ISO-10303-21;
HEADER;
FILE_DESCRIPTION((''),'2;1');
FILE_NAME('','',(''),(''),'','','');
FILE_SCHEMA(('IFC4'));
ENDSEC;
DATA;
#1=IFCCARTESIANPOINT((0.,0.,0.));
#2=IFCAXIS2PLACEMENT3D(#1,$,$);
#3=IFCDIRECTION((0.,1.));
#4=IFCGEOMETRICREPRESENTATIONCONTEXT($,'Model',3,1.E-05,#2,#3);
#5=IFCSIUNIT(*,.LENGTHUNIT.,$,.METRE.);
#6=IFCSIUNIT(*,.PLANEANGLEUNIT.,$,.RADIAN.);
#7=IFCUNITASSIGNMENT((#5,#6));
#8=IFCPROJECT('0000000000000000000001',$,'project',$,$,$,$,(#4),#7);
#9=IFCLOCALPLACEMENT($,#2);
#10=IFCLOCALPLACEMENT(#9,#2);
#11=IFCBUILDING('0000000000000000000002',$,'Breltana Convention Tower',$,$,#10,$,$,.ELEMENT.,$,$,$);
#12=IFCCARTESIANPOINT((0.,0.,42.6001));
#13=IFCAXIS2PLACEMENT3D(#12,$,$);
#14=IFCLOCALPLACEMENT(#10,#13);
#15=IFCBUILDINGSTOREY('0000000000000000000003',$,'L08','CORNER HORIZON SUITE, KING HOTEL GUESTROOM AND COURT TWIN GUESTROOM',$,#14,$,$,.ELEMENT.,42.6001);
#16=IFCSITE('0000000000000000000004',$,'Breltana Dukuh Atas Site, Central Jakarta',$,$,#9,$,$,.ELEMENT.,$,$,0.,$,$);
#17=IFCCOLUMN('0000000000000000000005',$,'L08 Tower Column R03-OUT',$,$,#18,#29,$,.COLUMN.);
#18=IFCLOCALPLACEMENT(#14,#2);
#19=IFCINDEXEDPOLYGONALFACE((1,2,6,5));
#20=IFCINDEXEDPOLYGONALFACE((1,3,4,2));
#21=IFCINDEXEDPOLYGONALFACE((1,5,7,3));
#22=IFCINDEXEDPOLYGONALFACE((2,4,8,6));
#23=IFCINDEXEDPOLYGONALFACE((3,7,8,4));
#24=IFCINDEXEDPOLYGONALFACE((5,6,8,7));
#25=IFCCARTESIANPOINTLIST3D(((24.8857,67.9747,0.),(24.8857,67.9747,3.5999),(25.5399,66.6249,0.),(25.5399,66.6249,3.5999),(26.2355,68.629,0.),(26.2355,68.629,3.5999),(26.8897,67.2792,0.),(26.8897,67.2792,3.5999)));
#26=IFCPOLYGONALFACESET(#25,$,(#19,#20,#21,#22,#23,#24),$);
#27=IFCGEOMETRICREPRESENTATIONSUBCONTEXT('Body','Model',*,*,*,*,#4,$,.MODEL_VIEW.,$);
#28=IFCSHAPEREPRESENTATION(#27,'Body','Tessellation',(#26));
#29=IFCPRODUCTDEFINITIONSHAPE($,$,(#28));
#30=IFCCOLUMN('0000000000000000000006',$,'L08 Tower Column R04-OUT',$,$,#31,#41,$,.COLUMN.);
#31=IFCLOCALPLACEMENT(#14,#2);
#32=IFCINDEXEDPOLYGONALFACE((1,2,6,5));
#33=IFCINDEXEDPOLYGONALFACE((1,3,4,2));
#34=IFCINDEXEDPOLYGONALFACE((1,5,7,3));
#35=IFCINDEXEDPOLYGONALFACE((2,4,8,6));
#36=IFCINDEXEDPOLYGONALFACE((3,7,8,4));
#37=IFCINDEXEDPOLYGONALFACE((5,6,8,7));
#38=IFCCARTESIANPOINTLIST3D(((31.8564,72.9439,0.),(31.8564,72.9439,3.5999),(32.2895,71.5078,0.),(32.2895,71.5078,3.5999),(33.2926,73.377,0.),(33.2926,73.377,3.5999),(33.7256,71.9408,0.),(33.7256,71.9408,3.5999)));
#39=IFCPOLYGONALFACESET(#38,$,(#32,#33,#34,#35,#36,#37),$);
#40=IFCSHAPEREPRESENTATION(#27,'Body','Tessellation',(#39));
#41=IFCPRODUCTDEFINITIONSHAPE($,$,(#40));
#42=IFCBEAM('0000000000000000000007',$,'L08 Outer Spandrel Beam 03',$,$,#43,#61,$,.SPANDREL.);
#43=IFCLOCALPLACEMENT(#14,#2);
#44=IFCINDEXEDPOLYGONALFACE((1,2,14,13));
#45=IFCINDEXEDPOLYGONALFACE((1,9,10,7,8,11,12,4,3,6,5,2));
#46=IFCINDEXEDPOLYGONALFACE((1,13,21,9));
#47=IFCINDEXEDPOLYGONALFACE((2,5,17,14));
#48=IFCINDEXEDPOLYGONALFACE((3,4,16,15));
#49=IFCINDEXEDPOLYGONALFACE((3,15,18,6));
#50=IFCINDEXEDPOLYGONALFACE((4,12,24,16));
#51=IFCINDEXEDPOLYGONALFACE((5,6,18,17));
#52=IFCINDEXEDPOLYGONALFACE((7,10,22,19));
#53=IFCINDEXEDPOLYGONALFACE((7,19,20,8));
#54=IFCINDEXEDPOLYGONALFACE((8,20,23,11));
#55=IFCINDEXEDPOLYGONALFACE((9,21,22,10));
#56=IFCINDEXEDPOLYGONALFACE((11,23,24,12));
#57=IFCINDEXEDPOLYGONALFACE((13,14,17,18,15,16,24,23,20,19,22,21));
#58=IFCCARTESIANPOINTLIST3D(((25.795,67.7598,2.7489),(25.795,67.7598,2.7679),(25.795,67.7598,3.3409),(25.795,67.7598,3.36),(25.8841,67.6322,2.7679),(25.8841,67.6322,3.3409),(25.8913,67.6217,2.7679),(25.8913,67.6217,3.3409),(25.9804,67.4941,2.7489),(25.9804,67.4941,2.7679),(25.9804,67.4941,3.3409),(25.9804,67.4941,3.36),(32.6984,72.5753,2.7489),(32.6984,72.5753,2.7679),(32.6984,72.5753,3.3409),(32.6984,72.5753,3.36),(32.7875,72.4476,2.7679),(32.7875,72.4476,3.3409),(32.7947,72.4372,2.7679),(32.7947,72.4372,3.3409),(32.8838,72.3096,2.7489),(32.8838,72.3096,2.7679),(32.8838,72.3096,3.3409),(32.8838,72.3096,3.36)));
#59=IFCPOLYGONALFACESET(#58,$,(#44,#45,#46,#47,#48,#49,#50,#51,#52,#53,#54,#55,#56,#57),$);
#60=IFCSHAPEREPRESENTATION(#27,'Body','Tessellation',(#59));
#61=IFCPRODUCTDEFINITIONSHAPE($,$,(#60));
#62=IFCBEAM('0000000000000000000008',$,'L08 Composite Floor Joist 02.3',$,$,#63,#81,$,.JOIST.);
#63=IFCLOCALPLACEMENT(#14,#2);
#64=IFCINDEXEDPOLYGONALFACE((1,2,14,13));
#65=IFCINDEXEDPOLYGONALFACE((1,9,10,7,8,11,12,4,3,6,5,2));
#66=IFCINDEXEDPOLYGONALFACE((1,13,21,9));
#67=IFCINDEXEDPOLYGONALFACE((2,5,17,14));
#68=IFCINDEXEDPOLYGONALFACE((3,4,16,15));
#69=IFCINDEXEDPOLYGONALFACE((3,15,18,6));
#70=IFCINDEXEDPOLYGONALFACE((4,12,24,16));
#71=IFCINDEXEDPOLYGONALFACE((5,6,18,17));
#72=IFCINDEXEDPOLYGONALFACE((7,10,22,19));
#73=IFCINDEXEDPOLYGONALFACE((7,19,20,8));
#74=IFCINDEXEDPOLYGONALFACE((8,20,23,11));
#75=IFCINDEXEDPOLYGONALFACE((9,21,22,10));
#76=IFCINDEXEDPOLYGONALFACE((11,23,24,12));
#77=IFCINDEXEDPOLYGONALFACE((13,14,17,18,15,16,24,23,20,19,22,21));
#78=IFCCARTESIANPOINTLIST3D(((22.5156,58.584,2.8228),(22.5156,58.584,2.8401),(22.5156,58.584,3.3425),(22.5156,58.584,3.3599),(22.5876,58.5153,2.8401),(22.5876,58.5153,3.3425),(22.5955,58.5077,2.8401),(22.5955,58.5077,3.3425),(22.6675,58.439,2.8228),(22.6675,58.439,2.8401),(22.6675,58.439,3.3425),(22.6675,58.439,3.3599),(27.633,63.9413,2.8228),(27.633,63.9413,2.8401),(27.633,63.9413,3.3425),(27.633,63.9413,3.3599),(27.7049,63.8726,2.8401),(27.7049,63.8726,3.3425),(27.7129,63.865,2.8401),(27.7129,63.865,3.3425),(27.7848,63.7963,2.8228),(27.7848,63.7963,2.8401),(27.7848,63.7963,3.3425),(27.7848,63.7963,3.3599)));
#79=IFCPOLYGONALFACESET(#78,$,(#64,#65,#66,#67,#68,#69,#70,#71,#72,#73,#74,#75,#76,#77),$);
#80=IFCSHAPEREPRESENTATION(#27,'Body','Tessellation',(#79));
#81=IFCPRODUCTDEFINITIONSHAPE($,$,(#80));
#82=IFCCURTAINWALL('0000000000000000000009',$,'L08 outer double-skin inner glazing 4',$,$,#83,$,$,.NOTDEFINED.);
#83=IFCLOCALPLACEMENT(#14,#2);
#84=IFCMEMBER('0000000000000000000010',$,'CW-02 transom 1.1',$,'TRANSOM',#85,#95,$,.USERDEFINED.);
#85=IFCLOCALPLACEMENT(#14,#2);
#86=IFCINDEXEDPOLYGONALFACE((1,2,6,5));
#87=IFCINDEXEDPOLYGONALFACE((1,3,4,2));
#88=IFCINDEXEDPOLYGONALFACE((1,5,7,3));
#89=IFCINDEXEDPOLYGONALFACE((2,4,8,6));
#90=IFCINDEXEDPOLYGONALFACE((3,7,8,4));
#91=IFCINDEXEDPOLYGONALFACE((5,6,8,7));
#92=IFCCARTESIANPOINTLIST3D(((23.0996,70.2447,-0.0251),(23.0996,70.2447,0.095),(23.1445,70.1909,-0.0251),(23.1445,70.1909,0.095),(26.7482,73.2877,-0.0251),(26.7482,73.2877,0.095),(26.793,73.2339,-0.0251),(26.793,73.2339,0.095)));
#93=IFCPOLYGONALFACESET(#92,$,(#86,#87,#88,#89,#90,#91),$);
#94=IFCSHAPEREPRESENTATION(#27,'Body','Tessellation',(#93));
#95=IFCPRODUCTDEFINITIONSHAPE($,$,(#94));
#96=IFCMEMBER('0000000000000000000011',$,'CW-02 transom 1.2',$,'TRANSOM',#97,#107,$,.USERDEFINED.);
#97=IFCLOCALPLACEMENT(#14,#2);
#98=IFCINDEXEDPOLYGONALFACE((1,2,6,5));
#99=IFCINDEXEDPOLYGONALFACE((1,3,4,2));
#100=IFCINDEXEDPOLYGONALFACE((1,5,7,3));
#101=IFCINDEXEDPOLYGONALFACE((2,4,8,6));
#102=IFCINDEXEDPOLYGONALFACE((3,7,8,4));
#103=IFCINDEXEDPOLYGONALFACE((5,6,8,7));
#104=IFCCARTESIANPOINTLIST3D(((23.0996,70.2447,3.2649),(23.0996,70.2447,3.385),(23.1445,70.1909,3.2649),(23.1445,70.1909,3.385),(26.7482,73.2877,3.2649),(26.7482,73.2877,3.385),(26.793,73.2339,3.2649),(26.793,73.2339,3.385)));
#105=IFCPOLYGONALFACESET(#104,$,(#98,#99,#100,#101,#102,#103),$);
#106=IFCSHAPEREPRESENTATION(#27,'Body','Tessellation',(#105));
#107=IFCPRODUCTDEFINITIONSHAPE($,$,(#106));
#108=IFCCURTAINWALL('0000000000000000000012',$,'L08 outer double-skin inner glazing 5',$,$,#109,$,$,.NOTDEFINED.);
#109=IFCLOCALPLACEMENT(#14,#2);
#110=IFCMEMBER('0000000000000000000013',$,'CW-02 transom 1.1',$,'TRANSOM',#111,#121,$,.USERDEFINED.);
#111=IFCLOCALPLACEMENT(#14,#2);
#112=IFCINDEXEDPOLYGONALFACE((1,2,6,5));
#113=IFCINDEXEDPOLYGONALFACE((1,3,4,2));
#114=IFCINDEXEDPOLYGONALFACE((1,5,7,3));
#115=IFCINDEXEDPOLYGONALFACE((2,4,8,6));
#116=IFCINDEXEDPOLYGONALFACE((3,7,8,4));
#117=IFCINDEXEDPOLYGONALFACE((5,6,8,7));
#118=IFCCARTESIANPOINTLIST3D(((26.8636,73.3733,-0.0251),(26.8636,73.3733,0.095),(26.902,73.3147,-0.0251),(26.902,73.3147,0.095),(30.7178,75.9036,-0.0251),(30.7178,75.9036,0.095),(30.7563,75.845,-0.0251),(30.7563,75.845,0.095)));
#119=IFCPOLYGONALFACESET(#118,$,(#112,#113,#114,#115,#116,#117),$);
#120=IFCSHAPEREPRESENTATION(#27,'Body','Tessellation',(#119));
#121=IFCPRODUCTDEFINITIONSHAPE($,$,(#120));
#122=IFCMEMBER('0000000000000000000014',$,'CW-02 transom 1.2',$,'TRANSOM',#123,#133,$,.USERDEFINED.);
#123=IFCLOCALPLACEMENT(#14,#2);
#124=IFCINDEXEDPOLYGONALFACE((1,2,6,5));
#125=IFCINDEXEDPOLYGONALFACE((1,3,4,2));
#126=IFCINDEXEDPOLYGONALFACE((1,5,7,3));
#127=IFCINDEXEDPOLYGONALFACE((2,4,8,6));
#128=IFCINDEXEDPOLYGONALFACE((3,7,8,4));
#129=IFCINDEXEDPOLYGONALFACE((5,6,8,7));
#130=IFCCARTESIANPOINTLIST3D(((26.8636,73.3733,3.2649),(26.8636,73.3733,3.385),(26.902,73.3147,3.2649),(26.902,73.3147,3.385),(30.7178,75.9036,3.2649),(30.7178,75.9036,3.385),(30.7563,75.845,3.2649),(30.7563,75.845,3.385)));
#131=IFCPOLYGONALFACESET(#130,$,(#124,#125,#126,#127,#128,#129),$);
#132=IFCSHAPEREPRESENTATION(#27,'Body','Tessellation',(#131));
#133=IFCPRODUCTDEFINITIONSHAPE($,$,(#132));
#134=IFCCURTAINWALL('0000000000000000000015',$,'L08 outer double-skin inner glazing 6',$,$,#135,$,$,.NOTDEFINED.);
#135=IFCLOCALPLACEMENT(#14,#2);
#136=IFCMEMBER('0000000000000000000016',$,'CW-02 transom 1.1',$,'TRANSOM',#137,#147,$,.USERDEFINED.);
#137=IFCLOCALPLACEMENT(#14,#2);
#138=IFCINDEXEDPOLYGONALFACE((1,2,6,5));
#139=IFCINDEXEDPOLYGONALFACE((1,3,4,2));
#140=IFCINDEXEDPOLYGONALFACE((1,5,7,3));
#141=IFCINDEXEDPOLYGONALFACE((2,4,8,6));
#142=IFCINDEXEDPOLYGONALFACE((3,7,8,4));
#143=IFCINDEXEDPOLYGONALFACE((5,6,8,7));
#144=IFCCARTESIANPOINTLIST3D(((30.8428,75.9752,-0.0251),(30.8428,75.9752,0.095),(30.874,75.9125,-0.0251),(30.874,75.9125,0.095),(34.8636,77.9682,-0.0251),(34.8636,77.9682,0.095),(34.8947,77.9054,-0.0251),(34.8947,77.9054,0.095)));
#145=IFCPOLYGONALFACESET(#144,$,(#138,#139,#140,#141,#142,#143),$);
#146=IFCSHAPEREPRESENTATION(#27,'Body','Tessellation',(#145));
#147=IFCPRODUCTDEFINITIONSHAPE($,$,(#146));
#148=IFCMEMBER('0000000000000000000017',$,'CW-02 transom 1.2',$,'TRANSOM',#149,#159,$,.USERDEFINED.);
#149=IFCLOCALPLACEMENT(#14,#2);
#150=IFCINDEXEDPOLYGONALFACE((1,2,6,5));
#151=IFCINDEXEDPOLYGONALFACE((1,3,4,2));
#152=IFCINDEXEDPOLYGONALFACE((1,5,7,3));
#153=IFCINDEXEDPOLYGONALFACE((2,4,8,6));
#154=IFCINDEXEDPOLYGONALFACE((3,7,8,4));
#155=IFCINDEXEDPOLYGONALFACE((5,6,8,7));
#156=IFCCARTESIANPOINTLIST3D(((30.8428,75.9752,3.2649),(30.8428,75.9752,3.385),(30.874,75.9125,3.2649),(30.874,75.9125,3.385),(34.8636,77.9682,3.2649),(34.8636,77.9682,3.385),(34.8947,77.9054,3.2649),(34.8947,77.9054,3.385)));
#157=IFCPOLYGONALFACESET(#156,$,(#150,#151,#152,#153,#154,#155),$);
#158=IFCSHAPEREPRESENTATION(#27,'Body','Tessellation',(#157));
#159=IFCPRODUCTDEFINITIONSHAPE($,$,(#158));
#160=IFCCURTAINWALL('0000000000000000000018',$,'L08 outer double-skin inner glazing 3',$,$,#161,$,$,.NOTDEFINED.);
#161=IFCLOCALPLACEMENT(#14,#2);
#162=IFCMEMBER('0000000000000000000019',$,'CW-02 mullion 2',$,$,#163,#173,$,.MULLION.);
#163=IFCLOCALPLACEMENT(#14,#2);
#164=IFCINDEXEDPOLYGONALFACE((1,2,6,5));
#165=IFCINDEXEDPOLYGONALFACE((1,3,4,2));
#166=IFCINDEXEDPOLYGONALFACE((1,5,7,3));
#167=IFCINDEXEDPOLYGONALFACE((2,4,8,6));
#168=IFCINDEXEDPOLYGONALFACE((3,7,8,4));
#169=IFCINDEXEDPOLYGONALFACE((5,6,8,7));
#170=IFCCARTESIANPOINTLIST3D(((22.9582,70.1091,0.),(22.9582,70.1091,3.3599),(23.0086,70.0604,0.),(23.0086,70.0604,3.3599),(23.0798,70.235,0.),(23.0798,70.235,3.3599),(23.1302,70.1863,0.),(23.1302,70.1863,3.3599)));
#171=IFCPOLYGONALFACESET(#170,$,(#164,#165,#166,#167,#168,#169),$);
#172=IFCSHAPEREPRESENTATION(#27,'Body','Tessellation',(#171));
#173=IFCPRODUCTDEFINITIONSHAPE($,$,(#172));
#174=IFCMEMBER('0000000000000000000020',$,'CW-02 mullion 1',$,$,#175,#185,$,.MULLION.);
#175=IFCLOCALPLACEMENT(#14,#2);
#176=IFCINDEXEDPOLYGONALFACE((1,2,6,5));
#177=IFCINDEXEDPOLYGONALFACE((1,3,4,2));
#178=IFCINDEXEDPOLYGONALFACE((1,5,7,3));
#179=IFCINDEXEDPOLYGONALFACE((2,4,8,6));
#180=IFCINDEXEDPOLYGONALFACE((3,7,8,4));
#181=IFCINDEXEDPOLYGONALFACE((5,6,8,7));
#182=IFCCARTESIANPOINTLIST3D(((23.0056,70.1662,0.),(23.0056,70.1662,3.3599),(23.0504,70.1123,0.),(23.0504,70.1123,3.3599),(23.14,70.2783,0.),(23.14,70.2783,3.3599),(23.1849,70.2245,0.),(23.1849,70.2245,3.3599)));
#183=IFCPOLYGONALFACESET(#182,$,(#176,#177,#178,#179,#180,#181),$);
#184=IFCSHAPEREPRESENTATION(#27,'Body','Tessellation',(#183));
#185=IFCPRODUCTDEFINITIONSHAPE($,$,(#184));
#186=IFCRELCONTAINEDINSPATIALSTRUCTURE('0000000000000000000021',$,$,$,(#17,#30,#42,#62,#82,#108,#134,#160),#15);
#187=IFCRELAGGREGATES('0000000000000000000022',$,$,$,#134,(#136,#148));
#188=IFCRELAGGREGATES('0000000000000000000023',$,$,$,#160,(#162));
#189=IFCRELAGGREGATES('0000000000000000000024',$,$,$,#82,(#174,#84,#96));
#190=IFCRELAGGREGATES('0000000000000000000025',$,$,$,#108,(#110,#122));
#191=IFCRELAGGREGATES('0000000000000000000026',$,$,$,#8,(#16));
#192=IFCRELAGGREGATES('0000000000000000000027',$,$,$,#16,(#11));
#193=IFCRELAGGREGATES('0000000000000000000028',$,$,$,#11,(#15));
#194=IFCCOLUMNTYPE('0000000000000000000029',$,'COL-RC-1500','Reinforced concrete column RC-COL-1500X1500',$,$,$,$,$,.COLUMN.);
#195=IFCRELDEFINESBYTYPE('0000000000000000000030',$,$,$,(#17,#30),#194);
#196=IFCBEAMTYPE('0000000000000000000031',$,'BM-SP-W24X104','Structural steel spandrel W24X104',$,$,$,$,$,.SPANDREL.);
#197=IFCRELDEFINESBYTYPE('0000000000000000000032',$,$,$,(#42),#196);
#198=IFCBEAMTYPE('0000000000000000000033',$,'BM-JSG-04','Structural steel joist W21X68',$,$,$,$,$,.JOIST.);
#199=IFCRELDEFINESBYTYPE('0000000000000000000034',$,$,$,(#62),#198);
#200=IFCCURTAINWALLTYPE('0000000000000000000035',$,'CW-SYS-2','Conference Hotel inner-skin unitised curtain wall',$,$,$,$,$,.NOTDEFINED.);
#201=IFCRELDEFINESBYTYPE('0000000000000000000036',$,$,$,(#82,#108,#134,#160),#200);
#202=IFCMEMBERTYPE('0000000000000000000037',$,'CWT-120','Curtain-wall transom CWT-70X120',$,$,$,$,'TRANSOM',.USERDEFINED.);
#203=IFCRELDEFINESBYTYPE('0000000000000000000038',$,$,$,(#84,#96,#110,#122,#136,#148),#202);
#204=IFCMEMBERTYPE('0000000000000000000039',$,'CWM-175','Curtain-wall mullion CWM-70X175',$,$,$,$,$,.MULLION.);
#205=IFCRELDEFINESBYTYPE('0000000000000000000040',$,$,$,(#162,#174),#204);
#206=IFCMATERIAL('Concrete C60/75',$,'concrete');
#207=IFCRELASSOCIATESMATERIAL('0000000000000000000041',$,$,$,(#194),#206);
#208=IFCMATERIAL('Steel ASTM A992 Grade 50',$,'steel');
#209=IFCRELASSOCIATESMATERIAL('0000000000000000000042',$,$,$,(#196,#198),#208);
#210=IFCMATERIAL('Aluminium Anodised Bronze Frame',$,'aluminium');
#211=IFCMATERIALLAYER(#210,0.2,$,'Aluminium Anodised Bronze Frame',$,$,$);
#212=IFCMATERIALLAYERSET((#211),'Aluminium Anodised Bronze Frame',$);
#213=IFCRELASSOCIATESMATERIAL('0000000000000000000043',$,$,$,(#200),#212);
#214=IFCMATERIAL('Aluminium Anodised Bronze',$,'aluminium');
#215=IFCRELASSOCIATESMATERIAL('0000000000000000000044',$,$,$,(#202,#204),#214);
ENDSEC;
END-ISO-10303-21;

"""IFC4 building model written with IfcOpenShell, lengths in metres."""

from ifc_helpers import new_model, si_unit, direction, frame, origin, origin_2d, place, context, subcontext, project, spatial, rectangle, i_section, extrude, source, transform, mapped, material, layer, layer_set, material_profile, profile_set, type_object, element, aggregate, save


model = new_model("IFC4")

# Units and contexts
model_context = context("Model", 3, precision=1e-05, world=origin(), true_north=direction((0.0, 1.0)))
body_context = subcontext(model_context, "Body", "Model", "MODEL_VIEW")
ifc_project = project(units=[si_unit("LENGTHUNIT", "METRE"), si_unit("PLANEANGLEUNIT", "RADIAN")], contexts=[model_context])

# Site, building, storey
site_placement = place(None, origin())
site = spatial("IfcSite", under=ifc_project, at=site_placement, Name="Breltana Dukuh Atas Site, Central Jakarta", CompositionType="ELEMENT", RefElevation=0.0)
building_placement = place(site_placement, origin())
building = spatial("IfcBuilding", under=site, at=building_placement, Name="Breltana Convention Tower", CompositionType="ELEMENT")
storey_placement = place(building_placement, frame((0.0, 0.0, 42.6001)))
storey = spatial("IfcBuildingStorey", under=building, at=storey_placement, Name="L08", Description="CORNER HORIZON SUITE, KING HOTEL GUESTROOM AND COURT TWIN GUESTROOM", CompositionType="ELEMENT", Elevation=42.6001)

# Columns
ifc_material_1 = material(Name="Concrete C60/75", Category="concrete")
ifc_material_profile_1 = material_profile(ifc_material_1, rectangle(XDim=1.5, YDim=1.5, at=origin_2d()), Name="RC-COL-1500X1500")
ifc_profile_set_1 = profile_set([ifc_material_profile_1], Name="Concrete C60/75")
column_type = type_object("IfcColumnType", Name="COL-RC-1500", Description="Reinforced concrete column RC-COL-1500X1500", PredefinedType="COLUMN", material=ifc_profile_set_1)
shared_shape_1 = source(origin(), body_context, "Body", "SweptSolid", [
    extrude(rectangle(XDim=1.5, YDim=1.5, at=origin_2d()), origin(), (0.0, 0.0, 1.0), 3.5999),
])
for number, where, z_axis, x_axis, name in (
    (1, (25.8877, 67.627, 0.0), (0.0, 0.0, 1.0), (-0.436174, 0.899863, 0.0), "L08 Tower Column R03-OUT"),
    (2, (32.791, 72.4424, 0.0), (0.0, 0.0, 1.0), (-0.288698, 0.95742, 0.0), "L08 Tower Column R04-OUT"),
):
    element("IfcColumn", number, at=place(storey_placement, frame(where, z_axis=z_axis, x_axis=x_axis)), inside=storey, type_object=column_type, Name=name, PredefinedType="COLUMN", context=body_context, shape_type="MappedRepresentation", body=[
        mapped(shared_shape_1, transform((0.0, 0.0, 0.0), scale=1.0)),
    ])

# Beams
ifc_material_2 = material(Name="Steel ASTM A992 Grade 50", Category="steel")
ifc_material_profile_2 = material_profile(ifc_material_2, i_section(OverallWidth=0.324, OverallDepth=0.6111, WebThickness=0.0127, FlangeThickness=0.019, at=origin_2d()), Name="W24X104")
ifc_profile_set_2 = profile_set([ifc_material_profile_2], Name="Steel ASTM A992 Grade 50")
beam_type_1 = type_object("IfcBeamType", Name="BM-SP-W24X104", Description="Structural steel spandrel W24X104", PredefinedType="SPANDREL", material=ifc_profile_set_2)
shared_shape_2 = source(origin(), body_context, "Body", "SweptSolid", [
    extrude(i_section(OverallWidth=0.324, OverallDepth=0.6111, WebThickness=0.0127, FlangeThickness=0.019, at=origin_2d()), origin(), (0.0, 0.0, 1.0), 8.417),
])
beam_1_placement = place(storey_placement, frame((25.8877, 67.627, 3.0544), z_axis=(0.820174, 0.572114, 0.0), x_axis=(-0.572114, 0.820174, 0.0)))
element("IfcBeam", 3, at=beam_1_placement, inside=storey, type_object=beam_type_1, Name="L08 Outer Spandrel Beam 03", PredefinedType="SPANDREL", context=body_context, shape_type="MappedRepresentation", body=[
    mapped(shared_shape_2, transform((0.0, 0.0, 0.0), scale=1.0)),
])
ifc_material_profile_3 = material_profile(ifc_material_2, i_section(OverallWidth=0.21, OverallDepth=0.5371, WebThickness=0.011, FlangeThickness=0.0173, at=origin_2d()), Name="W21X68")
ifc_profile_set_3 = profile_set([ifc_material_profile_3], Name="Steel ASTM A992 Grade 50")
beam_type_2 = type_object("IfcBeamType", Name="BM-JSG-04", Description="Structural steel joist W21X68", PredefinedType="JOIST", material=ifc_profile_set_3)
shared_shape_3 = source(origin(), body_context, "Body", "SweptSolid", [
    extrude(i_section(OverallWidth=0.21, OverallDepth=0.5371, WebThickness=0.011, FlangeThickness=0.0173, at=origin_2d()), origin(), (0.0, 0.0, 1.0), 7.4087),
])
beam_2_placement = place(storey_placement, frame((22.5916, 58.5115, 3.0913), z_axis=(0.690725, 0.723118, 0.0), x_axis=(-0.723118, 0.690725, 0.0)))
element("IfcBeam", 4, at=beam_2_placement, inside=storey, type_object=beam_type_2, Name="L08 Composite Floor Joist 02.3", PredefinedType="JOIST", context=body_context, shape_type="MappedRepresentation", body=[
    mapped(shared_shape_3, transform((0.0, 0.0, 0.0), scale=1.0)),
])

# Curtain walls, members
ifc_material_3 = material(Name="Aluminium Anodised Bronze Frame", Category="aluminium")
ifc_layer_1 = layer(ifc_material_3, 0.2, Name="Aluminium Anodised Bronze Frame")
ifc_layer_set_1 = layer_set([ifc_layer_1], Name="Aluminium Anodised Bronze Frame")
curtain_wall_type = type_object("IfcCurtainWallType", Name="CW-SYS-2", Description="Conference Hotel inner-skin unitised curtain wall", PredefinedType="NOTDEFINED", material=ifc_layer_set_1)
curtain_wall_1_placement = place(storey_placement, origin())
curtain_wall_1 = element("IfcCurtainWall", 5, at=curtain_wall_1_placement, inside=storey, type_object=curtain_wall_type, Name="L08 outer double-skin inner glazing 4", PredefinedType="NOTDEFINED")
ifc_material_4 = material(Name="Aluminium Anodised Bronze", Category="aluminium")
ifc_material_profile_4 = material_profile(ifc_material_4, rectangle(XDim=0.0701, YDim=0.1201, at=origin_2d()), Name="CWT-70X120")
ifc_profile_set_4 = profile_set([ifc_material_profile_4], Name="Aluminium Anodised Bronze")
member_type_1 = type_object("IfcMemberType", Name="CWT-120", Description="Curtain-wall transom CWT-70X120", ElementType="TRANSOM", PredefinedType="USERDEFINED", material=ifc_profile_set_4)
shared_shape_4 = source(origin(), body_context, "Body", "SweptSolid", [
    extrude(rectangle(XDim=0.0701, YDim=0.1201, at=origin_2d()), origin(), (0.0, 0.0, 1.0), 4.751),
])
member_1_placement = place(storey_placement, frame((23.1221, 70.2178, 0.0349), z_axis=(0.767952, 0.640508, 0.0), x_axis=(-0.640508, 0.767952, 0.0)))
member_1 = element("IfcMember", 6, at=member_1_placement, type_object=member_type_1, Name="CW-02 transom 1.1", ObjectType="TRANSOM", PredefinedType="USERDEFINED", context=body_context, shape_type="MappedRepresentation", body=[
    mapped(shared_shape_4, transform((0.0, 0.0, 0.0), scale=1.0)),
])
member_2_placement = place(storey_placement, frame((23.1221, 70.2178, 3.325), z_axis=(0.767952, 0.640508, 0.0), x_axis=(-0.640508, 0.767952, 0.0)))
member_2 = element("IfcMember", 7, at=member_2_placement, type_object=member_type_1, Name="CW-02 transom 1.2", ObjectType="TRANSOM", PredefinedType="USERDEFINED", context=body_context, shape_type="MappedRepresentation", body=[
    mapped(shared_shape_4, transform((0.0, 0.0, 0.0), scale=1.0)),
])
curtain_wall_2_placement = place(storey_placement, origin())
curtain_wall_2 = element("IfcCurtainWall", 8, at=curtain_wall_2_placement, inside=storey, type_object=curtain_wall_type, Name="L08 outer double-skin inner glazing 5", PredefinedType="NOTDEFINED")
shared_shape_5 = source(origin(), body_context, "Body", "SweptSolid", [
    extrude(rectangle(XDim=0.0701, YDim=0.1201, at=origin_2d()), origin(), (0.0, 0.0, 1.0), 4.6106),
])
member_3_placement = place(storey_placement, frame((26.8828, 73.344, 0.0349), z_axis=(0.835956, 0.548796, 0.0), x_axis=(-0.548796, 0.835956, 0.0)))
member_3 = element("IfcMember", 9, at=member_3_placement, type_object=member_type_1, Name="CW-02 transom 1.1", ObjectType="TRANSOM", PredefinedType="USERDEFINED", context=body_context, shape_type="MappedRepresentation", body=[
    mapped(shared_shape_5, transform((0.0, 0.0, 0.0), scale=1.0)),
])
member_4_placement = place(storey_placement, frame((26.8828, 73.344, 3.325), z_axis=(0.835956, 0.548796, 0.0), x_axis=(-0.548796, 0.835956, 0.0)))
member_4 = element("IfcMember", 10, at=member_4_placement, type_object=member_type_1, Name="CW-02 transom 1.2", ObjectType="TRANSOM", PredefinedType="USERDEFINED", context=body_context, shape_type="MappedRepresentation", body=[
    mapped(shared_shape_5, transform((0.0, 0.0, 0.0), scale=1.0)),
])
curtain_wall_3_placement = place(storey_placement, origin())
curtain_wall_3 = element("IfcCurtainWall", 11, at=curtain_wall_3_placement, inside=storey, type_object=curtain_wall_type, Name="L08 outer double-skin inner glazing 6", PredefinedType="NOTDEFINED")
shared_shape_6 = source(origin(), body_context, "Body", "SweptSolid", [
    extrude(rectangle(XDim=0.0701, YDim=0.1201, at=origin_2d()), origin(), (0.0, 0.0, 1.0), 4.4875),
])
member_5_placement = place(storey_placement, frame((30.8584, 75.9438, 0.0349), z_axis=(0.895978, 0.444099, 0.0), x_axis=(-0.444099, 0.895978, 0.0)))
member_5 = element("IfcMember", 12, at=member_5_placement, type_object=member_type_1, Name="CW-02 transom 1.1", ObjectType="TRANSOM", PredefinedType="USERDEFINED", context=body_context, shape_type="MappedRepresentation", body=[
    mapped(shared_shape_6, transform((0.0, 0.0, 0.0), scale=1.0)),
])
member_6_placement = place(storey_placement, frame((30.8584, 75.9438, 3.325), z_axis=(0.895978, 0.444099, 0.0), x_axis=(-0.444099, 0.895978, 0.0)))
member_6 = element("IfcMember", 13, at=member_6_placement, type_object=member_type_1, Name="CW-02 transom 1.2", ObjectType="TRANSOM", PredefinedType="USERDEFINED", context=body_context, shape_type="MappedRepresentation", body=[
    mapped(shared_shape_6, transform((0.0, 0.0, 0.0), scale=1.0)),
])

# Curtain wall, member
curtain_wall_4_placement = place(storey_placement, origin())
curtain_wall_4 = element("IfcCurtainWall", 14, at=curtain_wall_4_placement, inside=storey, type_object=curtain_wall_type, Name="L08 outer double-skin inner glazing 3", PredefinedType="NOTDEFINED")
ifc_material_profile_5 = material_profile(ifc_material_4, rectangle(XDim=0.0701, YDim=0.175, at=origin_2d()), Name="CWM-70X175")
ifc_profile_set_5 = profile_set([ifc_material_profile_5], Name="Aluminium Anodised Bronze")
member_type_2 = type_object("IfcMemberType", Name="CWM-175", Description="Curtain-wall mullion CWM-70X175", PredefinedType="MULLION", material=ifc_profile_set_5)
shared_shape_7 = source(origin(), body_context, "Body", "SweptSolid", [
    extrude(rectangle(XDim=0.0701, YDim=0.175, at=origin_2d()), origin(), (0.0, 0.0, 1.0), 3.3599),
])
member_7_placement = place(storey_placement, frame((23.0442, 70.1477, 0.0), z_axis=(0.0, 0.0, 1.0), x_axis=(-0.719386, 0.69461, 0.0)))
member_7 = element("IfcMember", 15, at=member_7_placement, type_object=member_type_2, Name="CW-02 mullion 2", PredefinedType="MULLION", context=body_context, shape_type="MappedRepresentation", body=[
    mapped(shared_shape_7, transform((0.0, 0.0, 0.0), scale=1.0)),
])

# Member
member_8_placement = place(storey_placement, frame((23.0952, 70.1953, 0.0), z_axis=(0.0, 0.0, 1.0), x_axis=(-0.64052, 0.767941, 0.0)))
member_8 = element("IfcMember", 16, at=member_8_placement, type_object=member_type_2, Name="CW-02 mullion 1", PredefinedType="MULLION", context=body_context, shape_type="MappedRepresentation", body=[
    mapped(shared_shape_7, transform((0.0, 0.0, 0.0), scale=1.0)),
])
aggregate(curtain_wall_3, [member_5, member_6])

aggregate(curtain_wall_4, [member_7])
aggregate(curtain_wall_1, [member_8, member_1, member_2])
aggregate(curtain_wall_2, [member_3, member_4])

save(model, "model.ifc")
